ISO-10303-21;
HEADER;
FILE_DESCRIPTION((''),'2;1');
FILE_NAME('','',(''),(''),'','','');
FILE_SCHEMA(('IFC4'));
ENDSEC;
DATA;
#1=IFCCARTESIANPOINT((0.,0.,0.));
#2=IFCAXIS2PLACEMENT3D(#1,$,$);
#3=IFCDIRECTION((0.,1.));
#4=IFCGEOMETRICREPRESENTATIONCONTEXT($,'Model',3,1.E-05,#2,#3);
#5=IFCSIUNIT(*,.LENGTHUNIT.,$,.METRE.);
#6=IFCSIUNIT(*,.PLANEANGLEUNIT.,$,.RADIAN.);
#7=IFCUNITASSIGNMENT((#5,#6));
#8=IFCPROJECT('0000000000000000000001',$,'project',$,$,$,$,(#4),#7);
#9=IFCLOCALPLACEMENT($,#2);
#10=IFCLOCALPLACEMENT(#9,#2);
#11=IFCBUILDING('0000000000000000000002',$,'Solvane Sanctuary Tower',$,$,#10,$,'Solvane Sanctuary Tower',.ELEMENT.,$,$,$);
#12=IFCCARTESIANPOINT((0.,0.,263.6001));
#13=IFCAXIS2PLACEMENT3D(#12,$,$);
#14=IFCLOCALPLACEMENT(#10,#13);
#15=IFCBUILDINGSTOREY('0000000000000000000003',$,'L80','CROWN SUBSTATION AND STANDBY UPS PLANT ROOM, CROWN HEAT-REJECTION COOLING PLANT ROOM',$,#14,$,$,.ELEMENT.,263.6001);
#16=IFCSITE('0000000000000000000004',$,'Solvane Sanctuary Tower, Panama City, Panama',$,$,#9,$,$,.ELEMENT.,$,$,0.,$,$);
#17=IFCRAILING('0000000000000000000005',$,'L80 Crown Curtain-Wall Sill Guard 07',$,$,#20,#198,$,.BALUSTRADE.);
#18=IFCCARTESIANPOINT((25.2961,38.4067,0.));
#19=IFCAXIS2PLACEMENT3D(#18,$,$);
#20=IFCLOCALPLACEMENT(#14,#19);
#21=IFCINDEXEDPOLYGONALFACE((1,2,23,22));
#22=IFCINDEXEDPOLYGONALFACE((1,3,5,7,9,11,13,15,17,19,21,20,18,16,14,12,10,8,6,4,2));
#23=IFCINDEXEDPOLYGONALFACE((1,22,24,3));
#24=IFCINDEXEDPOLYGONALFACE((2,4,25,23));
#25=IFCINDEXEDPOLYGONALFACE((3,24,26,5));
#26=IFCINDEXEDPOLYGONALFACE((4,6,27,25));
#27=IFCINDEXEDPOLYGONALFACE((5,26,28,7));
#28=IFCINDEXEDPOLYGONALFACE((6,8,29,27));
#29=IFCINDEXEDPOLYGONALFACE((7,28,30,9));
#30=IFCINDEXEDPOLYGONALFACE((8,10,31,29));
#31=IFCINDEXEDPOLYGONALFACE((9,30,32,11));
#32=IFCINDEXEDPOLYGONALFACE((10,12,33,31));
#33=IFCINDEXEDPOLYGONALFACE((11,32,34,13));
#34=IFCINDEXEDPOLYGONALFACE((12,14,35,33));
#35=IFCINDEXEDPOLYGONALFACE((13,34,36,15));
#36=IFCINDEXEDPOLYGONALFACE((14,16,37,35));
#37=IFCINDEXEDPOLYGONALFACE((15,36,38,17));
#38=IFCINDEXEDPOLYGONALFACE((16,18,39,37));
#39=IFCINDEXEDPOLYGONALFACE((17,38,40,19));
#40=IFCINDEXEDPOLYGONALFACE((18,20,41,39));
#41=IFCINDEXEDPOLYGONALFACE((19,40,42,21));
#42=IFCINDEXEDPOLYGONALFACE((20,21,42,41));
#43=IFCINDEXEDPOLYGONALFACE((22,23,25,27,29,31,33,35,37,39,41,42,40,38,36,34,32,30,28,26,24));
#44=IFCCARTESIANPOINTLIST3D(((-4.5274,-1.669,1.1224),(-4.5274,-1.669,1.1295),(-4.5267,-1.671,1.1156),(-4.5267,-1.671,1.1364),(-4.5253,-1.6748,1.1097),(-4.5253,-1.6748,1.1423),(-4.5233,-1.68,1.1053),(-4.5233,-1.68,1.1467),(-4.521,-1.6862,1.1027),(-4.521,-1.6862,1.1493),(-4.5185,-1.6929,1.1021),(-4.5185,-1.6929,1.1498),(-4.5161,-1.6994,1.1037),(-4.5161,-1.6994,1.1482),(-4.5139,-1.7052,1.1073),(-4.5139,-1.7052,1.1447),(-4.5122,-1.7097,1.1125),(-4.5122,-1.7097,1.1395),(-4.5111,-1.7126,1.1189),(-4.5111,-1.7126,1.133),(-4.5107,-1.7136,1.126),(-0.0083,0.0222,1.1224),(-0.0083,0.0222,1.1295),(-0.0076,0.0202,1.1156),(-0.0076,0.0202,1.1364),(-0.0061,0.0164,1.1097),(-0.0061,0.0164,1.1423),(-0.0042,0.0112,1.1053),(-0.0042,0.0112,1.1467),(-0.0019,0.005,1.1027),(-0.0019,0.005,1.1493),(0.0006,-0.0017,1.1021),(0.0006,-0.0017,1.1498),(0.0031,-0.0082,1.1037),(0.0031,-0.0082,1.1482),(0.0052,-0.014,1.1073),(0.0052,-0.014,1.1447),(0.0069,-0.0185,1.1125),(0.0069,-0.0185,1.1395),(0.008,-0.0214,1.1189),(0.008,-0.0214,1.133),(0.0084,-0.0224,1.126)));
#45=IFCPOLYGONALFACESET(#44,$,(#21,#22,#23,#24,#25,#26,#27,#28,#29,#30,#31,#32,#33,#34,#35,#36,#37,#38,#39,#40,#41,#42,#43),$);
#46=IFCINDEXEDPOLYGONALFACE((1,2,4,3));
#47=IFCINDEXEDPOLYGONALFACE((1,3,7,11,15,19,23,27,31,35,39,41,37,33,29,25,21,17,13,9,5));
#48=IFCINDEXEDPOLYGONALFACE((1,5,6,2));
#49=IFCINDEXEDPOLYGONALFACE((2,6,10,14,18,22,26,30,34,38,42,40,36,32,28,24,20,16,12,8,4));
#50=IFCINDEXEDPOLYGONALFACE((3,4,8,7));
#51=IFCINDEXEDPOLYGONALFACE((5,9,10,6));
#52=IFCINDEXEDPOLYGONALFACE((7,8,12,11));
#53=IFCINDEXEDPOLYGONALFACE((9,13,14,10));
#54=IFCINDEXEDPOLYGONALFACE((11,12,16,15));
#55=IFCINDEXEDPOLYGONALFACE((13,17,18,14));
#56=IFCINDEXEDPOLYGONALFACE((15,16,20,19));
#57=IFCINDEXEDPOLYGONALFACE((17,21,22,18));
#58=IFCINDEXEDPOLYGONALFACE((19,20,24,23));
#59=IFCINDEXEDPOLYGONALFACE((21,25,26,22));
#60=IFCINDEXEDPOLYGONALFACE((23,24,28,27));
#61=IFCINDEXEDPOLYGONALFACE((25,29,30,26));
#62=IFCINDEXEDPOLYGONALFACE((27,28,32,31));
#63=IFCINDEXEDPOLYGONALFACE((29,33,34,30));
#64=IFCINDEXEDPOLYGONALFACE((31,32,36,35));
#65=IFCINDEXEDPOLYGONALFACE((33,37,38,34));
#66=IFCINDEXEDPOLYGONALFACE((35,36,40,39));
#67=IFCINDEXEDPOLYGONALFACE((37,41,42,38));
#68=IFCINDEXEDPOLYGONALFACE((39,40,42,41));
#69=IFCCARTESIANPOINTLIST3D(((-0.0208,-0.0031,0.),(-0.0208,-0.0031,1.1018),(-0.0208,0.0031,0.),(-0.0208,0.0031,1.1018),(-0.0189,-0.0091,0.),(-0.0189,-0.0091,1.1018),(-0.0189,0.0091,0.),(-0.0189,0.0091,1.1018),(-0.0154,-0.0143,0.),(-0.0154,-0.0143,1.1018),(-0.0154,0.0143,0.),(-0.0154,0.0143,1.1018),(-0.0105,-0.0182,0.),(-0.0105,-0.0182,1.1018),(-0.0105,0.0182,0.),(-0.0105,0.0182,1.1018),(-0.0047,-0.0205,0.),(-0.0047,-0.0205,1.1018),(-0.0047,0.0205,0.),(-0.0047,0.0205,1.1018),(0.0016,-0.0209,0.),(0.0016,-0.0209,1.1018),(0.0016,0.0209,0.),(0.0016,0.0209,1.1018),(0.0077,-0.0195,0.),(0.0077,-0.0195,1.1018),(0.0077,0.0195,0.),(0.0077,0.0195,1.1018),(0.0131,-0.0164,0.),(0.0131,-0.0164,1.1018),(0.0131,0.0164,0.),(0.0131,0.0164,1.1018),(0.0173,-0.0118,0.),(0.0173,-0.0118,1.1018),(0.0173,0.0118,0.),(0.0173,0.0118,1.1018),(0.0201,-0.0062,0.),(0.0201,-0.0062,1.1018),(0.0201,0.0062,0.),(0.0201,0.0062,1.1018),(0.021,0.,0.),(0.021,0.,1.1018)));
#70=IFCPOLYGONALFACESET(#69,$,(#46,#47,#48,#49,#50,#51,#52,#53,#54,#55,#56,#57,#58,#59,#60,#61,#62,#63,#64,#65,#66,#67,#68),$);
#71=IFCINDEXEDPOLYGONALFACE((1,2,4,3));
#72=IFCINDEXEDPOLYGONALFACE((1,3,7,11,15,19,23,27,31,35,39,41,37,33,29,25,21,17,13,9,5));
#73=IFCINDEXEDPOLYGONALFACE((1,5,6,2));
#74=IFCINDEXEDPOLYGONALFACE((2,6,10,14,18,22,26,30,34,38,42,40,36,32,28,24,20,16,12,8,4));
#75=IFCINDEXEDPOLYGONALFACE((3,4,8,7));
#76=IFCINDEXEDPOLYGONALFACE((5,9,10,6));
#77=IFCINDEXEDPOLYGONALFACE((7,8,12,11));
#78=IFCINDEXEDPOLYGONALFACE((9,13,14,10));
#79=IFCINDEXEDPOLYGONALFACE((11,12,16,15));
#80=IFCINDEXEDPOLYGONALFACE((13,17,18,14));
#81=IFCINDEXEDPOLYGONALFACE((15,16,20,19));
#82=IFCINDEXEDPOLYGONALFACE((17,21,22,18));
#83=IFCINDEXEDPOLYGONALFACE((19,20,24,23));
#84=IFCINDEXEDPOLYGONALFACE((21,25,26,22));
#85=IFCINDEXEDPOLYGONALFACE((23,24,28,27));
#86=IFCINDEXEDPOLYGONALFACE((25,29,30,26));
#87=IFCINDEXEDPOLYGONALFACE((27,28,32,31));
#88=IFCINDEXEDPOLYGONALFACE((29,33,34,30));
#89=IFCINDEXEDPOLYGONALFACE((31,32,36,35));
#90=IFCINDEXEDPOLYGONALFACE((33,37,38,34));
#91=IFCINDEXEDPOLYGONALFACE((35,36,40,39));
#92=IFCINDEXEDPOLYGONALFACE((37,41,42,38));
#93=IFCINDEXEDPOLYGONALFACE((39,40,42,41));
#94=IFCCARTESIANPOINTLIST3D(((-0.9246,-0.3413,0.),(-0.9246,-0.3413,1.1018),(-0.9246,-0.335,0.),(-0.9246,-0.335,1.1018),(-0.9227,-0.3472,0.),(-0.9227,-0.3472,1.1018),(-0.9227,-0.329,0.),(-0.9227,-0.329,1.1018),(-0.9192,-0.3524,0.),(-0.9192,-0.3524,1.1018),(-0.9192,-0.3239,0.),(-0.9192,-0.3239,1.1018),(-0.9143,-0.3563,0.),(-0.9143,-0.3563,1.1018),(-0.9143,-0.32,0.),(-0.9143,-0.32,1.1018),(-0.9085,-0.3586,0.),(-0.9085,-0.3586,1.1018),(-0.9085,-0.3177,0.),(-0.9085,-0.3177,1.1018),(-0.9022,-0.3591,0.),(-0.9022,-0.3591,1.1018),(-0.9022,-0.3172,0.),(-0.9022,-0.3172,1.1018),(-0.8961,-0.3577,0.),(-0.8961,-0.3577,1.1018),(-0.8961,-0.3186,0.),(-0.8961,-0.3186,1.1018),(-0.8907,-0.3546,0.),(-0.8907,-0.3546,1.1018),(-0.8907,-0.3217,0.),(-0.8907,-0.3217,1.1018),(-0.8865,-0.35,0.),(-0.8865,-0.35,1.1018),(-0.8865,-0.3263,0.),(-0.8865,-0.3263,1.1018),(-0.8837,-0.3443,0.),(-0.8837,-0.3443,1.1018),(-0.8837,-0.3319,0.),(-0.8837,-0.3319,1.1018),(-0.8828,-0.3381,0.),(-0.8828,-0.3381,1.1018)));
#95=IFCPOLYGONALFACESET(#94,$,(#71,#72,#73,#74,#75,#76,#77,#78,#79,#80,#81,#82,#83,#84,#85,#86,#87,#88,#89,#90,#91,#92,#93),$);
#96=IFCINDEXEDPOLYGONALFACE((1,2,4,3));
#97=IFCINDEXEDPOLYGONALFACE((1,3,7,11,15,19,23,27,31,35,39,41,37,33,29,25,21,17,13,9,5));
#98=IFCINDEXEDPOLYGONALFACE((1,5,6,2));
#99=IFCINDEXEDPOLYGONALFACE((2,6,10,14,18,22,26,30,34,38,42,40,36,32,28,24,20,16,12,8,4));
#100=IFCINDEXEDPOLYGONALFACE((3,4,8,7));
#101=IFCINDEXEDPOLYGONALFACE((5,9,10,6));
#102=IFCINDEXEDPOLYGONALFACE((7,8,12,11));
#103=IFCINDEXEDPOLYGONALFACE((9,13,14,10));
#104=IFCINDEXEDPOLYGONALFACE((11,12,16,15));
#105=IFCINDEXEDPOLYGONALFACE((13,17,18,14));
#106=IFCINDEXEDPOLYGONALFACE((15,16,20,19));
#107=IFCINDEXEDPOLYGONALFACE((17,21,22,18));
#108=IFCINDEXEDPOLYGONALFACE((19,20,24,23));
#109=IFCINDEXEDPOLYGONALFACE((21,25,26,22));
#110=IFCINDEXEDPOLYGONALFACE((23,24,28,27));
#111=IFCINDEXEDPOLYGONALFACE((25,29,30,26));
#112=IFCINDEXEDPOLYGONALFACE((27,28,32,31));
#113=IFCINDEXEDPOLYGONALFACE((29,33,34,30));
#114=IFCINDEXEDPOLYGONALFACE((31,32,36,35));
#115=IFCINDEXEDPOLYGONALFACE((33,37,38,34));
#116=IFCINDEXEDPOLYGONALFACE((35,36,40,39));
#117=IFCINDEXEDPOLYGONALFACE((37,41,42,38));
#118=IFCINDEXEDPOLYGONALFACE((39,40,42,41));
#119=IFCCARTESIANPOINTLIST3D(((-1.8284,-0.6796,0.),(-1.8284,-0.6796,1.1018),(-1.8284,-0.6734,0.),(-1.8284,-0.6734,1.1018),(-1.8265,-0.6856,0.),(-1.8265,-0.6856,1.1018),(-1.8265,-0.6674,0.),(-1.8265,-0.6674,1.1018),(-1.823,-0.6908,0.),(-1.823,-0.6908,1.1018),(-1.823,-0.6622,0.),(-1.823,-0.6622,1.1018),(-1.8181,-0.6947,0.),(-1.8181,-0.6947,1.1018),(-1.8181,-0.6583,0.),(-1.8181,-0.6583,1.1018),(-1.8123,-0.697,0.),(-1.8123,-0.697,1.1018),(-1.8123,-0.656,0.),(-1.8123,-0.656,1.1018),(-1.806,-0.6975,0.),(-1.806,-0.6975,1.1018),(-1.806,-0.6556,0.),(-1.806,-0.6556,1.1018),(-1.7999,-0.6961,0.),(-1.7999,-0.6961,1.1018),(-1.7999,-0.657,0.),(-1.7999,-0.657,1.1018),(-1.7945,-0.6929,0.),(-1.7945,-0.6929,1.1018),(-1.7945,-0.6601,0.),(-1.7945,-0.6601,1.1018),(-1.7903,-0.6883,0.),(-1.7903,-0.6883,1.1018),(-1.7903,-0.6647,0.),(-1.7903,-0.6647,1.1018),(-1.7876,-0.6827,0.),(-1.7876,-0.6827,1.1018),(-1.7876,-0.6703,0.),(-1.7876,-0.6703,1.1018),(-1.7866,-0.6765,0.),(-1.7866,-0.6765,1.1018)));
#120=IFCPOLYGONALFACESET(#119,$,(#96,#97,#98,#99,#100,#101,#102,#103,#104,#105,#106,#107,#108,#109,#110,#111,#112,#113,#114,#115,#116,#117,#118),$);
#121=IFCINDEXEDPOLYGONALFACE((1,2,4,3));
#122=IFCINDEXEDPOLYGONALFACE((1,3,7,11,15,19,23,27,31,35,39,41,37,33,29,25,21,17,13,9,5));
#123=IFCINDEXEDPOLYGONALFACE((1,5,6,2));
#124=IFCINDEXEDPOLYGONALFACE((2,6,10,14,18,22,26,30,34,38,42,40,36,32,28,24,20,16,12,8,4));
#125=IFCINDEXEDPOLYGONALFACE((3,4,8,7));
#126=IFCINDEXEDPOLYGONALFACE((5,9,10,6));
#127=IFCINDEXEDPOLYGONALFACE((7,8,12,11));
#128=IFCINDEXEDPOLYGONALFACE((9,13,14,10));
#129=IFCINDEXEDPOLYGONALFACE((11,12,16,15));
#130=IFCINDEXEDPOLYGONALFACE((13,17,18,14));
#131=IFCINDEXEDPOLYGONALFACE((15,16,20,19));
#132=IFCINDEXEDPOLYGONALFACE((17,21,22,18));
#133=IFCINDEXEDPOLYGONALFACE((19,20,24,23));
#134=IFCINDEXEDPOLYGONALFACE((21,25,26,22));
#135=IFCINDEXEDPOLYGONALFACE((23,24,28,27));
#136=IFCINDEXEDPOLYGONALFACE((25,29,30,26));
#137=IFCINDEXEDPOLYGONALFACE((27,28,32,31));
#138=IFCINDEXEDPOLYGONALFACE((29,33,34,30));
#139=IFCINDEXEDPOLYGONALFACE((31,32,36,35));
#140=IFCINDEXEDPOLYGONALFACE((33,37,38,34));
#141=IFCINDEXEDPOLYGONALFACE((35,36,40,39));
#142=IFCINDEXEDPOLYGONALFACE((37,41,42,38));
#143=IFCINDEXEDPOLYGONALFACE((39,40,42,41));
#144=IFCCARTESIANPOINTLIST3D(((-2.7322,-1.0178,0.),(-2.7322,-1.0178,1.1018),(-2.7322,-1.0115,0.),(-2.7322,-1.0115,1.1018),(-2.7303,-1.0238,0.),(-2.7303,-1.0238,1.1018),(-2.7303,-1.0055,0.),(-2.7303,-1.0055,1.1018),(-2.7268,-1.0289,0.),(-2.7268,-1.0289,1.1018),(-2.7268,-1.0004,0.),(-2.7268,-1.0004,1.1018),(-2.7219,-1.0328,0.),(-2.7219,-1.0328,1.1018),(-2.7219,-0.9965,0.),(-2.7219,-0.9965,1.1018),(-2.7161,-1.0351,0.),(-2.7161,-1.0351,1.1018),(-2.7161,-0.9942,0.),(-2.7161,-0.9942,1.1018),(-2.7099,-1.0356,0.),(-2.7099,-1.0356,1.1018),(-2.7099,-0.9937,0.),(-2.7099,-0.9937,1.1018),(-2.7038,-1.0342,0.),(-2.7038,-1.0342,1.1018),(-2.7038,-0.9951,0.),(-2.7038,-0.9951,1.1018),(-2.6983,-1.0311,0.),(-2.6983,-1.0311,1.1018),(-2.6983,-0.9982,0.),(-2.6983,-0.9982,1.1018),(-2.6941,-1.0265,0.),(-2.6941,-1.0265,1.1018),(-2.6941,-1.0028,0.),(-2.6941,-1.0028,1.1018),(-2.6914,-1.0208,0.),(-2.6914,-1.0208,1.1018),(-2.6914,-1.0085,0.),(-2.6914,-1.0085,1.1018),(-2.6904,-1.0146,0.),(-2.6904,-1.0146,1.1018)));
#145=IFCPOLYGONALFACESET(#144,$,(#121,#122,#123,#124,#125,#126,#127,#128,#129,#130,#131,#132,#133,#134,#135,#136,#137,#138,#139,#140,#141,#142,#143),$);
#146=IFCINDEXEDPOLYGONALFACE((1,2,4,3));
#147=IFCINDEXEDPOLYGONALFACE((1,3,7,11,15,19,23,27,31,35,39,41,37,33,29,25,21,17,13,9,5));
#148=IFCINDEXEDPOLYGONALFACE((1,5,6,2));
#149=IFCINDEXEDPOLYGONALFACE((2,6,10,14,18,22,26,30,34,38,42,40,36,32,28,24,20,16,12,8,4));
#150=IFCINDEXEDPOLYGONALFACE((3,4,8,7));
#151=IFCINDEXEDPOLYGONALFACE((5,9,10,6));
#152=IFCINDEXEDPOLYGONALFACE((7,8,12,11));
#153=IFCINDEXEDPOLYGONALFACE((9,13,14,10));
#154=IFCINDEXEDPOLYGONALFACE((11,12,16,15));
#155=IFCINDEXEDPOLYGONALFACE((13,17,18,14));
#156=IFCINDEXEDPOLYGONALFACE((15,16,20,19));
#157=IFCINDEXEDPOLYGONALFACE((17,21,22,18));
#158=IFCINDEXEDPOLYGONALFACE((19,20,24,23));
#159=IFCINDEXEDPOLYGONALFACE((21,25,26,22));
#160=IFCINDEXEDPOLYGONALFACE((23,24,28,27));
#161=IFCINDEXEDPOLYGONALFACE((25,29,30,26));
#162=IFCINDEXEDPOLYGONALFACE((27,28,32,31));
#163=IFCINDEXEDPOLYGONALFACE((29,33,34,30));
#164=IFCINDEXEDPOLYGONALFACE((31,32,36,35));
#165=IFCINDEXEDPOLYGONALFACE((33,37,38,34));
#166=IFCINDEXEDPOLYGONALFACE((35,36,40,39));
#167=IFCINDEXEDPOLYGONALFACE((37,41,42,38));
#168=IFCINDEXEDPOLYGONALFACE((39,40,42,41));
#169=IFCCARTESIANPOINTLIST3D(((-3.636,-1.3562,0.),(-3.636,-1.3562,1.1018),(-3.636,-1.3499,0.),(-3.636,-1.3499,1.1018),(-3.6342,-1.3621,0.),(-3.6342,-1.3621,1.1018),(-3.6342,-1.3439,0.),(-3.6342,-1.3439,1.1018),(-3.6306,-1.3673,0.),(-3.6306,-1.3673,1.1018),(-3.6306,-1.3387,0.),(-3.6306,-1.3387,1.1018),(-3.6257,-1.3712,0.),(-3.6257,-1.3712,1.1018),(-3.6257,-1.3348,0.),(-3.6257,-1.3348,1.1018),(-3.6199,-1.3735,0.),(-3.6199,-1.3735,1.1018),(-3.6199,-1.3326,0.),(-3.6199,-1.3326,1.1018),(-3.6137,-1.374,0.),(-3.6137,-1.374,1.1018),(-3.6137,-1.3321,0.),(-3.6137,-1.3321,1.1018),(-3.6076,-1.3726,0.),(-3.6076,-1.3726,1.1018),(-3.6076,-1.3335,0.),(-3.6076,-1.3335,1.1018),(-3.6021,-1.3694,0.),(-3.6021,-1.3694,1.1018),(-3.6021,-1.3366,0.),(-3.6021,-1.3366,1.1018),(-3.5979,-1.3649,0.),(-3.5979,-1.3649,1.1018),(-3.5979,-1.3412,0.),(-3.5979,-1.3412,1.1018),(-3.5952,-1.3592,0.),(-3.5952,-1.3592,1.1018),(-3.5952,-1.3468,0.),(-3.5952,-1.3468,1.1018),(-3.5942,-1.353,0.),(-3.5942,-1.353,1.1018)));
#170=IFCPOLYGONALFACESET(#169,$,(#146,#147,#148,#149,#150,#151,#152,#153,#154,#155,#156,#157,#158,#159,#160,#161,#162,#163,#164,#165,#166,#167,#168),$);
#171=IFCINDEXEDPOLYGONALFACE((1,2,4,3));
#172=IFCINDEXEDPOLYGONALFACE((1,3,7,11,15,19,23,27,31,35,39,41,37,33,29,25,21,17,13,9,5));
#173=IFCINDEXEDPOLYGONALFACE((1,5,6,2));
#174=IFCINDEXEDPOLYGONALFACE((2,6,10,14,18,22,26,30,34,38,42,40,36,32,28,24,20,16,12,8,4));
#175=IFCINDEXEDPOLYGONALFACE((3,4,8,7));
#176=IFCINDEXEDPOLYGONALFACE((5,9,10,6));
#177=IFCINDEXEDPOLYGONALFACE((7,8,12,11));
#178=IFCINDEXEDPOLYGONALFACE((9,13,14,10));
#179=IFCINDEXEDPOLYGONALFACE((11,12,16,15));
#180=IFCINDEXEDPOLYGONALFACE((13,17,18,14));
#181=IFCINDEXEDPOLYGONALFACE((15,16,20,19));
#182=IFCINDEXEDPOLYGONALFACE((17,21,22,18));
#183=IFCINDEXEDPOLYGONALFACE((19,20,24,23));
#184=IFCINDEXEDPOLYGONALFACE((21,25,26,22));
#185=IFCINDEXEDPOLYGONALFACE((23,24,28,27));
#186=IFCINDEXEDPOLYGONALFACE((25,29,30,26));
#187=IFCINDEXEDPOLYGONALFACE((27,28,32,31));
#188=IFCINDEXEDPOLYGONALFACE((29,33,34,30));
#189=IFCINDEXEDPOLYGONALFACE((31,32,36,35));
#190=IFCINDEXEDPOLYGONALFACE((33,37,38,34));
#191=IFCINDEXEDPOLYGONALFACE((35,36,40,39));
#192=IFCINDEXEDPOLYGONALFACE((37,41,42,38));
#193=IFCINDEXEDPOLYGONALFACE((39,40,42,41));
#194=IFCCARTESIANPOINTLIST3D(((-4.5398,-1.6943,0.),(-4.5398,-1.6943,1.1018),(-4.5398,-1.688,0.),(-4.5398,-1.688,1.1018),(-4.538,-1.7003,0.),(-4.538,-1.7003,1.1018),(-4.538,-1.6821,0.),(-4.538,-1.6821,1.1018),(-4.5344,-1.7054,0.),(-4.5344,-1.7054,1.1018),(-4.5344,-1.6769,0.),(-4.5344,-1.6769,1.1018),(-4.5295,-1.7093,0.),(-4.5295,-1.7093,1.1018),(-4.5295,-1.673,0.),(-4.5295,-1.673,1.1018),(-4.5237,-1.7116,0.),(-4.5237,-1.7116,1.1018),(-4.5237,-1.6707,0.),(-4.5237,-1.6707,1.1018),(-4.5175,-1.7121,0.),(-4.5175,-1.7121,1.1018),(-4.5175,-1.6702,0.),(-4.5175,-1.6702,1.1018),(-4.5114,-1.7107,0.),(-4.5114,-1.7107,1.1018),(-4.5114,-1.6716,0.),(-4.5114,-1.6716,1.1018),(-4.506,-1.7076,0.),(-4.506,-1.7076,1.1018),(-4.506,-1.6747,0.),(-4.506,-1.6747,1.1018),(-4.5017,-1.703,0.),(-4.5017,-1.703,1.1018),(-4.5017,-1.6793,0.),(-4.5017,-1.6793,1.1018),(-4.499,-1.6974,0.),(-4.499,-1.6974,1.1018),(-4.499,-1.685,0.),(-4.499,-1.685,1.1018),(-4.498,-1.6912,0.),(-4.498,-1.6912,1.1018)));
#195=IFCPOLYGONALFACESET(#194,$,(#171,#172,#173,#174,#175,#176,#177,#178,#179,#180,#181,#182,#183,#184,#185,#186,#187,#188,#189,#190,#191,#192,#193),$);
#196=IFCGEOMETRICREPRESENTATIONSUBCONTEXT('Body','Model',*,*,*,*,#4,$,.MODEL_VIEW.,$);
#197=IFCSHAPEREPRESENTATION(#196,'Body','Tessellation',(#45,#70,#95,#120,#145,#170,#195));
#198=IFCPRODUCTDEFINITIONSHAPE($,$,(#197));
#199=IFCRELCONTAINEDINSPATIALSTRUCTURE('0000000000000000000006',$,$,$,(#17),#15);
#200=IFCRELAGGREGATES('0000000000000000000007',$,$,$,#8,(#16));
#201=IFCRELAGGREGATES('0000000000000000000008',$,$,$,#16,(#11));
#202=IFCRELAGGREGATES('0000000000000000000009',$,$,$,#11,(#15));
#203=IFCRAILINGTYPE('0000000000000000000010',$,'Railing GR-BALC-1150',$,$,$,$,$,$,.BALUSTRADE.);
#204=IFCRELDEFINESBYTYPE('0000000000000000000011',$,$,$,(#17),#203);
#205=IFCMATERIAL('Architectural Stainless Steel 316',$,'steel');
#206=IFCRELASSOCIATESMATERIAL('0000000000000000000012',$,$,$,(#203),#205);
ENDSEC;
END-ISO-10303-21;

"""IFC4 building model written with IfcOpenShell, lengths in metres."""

from ifc_helpers import new_model, si_unit, direction, frame, origin, origin_2d, place, context, subcontext, project, spatial, circle, extrude, material, type_object, element, save


model = new_model("IFC4")

# Units and contexts
model_context = context("Model", 3, precision=1e-05, world=origin(), true_north=direction((0.0, 1.0)))
body_context = subcontext(model_context, "Body", "Model", "MODEL_VIEW")
ifc_project = project(units=[si_unit("LENGTHUNIT", "METRE"), si_unit("PLANEANGLEUNIT", "RADIAN")], contexts=[model_context])

# Site, building, storey
site_placement = place(None, origin())
site = spatial("IfcSite", under=ifc_project, at=site_placement, Name="Solvane Sanctuary Tower, Panama City, Panama", CompositionType="ELEMENT", RefElevation=0.0)
building_placement = place(site_placement, origin())
building = spatial("IfcBuilding", under=site, at=building_placement, Name="Solvane Sanctuary Tower", LongName="Solvane Sanctuary Tower", CompositionType="ELEMENT")
storey_placement = place(building_placement, frame((0.0, 0.0, 263.6001)))
storey = spatial("IfcBuildingStorey", under=building, at=storey_placement, Name="L80", Description="CROWN SUBSTATION AND STANDBY UPS PLANT ROOM, CROWN HEAT-REJECTION COOLING PLANT ROOM", CompositionType="ELEMENT", Elevation=263.6001)

# Shared definitions
ifc_material_1 = material(Name="Architectural Stainless Steel 316", Category="steel")

# Railing
railing_type = type_object("IfcRailingType", Name="Railing GR-BALC-1150", PredefinedType="BALUSTRADE", material=ifc_material_1)
railing_placement = place(storey_placement, frame((25.2961, 38.4067, 0.0)))
element("IfcRailing", 1, at=railing_placement, inside=storey, type_object=railing_type, Name="L80 Crown Curtain-Wall Sill Guard 07", PredefinedType="BALUSTRADE", context=body_context, shape_type="SweptSolid", body=[
    extrude(circle(Radius=0.0239, at=origin_2d()), frame((0.0, 0.0, 1.126), z_axis=(-0.936566, -0.350491, 0.0), x_axis=(0.350491, -0.936566, 0.0)), (0.0, 0.0, 1.0), 4.8252),
    extrude(circle(Radius=0.021, at=origin_2d()), origin(), (0.0, 0.0, 1.0), 1.1018),
    extrude(circle(Radius=0.021, at=origin_2d()), frame((-0.9038, -0.3381, 0.0)), (0.0, 0.0, 1.0), 1.1018),
    extrude(circle(Radius=0.021, at=origin_2d()), frame((-1.8076, -0.6765, 0.0)), (0.0, 0.0, 1.0), 1.1018),
    extrude(circle(Radius=0.021, at=origin_2d()), frame((-2.7114, -1.0146, 0.0)), (0.0, 0.0, 1.0), 1.1018),
    extrude(circle(Radius=0.021, at=origin_2d()), frame((-3.6152, -1.353, 0.0)), (0.0, 0.0, 1.0), 1.1018),
    extrude(circle(Radius=0.021, at=origin_2d()), frame((-4.519, -1.6912, 0.0)), (0.0, 0.0, 1.0), 1.1018),
])

save(model, "model.ifc")
